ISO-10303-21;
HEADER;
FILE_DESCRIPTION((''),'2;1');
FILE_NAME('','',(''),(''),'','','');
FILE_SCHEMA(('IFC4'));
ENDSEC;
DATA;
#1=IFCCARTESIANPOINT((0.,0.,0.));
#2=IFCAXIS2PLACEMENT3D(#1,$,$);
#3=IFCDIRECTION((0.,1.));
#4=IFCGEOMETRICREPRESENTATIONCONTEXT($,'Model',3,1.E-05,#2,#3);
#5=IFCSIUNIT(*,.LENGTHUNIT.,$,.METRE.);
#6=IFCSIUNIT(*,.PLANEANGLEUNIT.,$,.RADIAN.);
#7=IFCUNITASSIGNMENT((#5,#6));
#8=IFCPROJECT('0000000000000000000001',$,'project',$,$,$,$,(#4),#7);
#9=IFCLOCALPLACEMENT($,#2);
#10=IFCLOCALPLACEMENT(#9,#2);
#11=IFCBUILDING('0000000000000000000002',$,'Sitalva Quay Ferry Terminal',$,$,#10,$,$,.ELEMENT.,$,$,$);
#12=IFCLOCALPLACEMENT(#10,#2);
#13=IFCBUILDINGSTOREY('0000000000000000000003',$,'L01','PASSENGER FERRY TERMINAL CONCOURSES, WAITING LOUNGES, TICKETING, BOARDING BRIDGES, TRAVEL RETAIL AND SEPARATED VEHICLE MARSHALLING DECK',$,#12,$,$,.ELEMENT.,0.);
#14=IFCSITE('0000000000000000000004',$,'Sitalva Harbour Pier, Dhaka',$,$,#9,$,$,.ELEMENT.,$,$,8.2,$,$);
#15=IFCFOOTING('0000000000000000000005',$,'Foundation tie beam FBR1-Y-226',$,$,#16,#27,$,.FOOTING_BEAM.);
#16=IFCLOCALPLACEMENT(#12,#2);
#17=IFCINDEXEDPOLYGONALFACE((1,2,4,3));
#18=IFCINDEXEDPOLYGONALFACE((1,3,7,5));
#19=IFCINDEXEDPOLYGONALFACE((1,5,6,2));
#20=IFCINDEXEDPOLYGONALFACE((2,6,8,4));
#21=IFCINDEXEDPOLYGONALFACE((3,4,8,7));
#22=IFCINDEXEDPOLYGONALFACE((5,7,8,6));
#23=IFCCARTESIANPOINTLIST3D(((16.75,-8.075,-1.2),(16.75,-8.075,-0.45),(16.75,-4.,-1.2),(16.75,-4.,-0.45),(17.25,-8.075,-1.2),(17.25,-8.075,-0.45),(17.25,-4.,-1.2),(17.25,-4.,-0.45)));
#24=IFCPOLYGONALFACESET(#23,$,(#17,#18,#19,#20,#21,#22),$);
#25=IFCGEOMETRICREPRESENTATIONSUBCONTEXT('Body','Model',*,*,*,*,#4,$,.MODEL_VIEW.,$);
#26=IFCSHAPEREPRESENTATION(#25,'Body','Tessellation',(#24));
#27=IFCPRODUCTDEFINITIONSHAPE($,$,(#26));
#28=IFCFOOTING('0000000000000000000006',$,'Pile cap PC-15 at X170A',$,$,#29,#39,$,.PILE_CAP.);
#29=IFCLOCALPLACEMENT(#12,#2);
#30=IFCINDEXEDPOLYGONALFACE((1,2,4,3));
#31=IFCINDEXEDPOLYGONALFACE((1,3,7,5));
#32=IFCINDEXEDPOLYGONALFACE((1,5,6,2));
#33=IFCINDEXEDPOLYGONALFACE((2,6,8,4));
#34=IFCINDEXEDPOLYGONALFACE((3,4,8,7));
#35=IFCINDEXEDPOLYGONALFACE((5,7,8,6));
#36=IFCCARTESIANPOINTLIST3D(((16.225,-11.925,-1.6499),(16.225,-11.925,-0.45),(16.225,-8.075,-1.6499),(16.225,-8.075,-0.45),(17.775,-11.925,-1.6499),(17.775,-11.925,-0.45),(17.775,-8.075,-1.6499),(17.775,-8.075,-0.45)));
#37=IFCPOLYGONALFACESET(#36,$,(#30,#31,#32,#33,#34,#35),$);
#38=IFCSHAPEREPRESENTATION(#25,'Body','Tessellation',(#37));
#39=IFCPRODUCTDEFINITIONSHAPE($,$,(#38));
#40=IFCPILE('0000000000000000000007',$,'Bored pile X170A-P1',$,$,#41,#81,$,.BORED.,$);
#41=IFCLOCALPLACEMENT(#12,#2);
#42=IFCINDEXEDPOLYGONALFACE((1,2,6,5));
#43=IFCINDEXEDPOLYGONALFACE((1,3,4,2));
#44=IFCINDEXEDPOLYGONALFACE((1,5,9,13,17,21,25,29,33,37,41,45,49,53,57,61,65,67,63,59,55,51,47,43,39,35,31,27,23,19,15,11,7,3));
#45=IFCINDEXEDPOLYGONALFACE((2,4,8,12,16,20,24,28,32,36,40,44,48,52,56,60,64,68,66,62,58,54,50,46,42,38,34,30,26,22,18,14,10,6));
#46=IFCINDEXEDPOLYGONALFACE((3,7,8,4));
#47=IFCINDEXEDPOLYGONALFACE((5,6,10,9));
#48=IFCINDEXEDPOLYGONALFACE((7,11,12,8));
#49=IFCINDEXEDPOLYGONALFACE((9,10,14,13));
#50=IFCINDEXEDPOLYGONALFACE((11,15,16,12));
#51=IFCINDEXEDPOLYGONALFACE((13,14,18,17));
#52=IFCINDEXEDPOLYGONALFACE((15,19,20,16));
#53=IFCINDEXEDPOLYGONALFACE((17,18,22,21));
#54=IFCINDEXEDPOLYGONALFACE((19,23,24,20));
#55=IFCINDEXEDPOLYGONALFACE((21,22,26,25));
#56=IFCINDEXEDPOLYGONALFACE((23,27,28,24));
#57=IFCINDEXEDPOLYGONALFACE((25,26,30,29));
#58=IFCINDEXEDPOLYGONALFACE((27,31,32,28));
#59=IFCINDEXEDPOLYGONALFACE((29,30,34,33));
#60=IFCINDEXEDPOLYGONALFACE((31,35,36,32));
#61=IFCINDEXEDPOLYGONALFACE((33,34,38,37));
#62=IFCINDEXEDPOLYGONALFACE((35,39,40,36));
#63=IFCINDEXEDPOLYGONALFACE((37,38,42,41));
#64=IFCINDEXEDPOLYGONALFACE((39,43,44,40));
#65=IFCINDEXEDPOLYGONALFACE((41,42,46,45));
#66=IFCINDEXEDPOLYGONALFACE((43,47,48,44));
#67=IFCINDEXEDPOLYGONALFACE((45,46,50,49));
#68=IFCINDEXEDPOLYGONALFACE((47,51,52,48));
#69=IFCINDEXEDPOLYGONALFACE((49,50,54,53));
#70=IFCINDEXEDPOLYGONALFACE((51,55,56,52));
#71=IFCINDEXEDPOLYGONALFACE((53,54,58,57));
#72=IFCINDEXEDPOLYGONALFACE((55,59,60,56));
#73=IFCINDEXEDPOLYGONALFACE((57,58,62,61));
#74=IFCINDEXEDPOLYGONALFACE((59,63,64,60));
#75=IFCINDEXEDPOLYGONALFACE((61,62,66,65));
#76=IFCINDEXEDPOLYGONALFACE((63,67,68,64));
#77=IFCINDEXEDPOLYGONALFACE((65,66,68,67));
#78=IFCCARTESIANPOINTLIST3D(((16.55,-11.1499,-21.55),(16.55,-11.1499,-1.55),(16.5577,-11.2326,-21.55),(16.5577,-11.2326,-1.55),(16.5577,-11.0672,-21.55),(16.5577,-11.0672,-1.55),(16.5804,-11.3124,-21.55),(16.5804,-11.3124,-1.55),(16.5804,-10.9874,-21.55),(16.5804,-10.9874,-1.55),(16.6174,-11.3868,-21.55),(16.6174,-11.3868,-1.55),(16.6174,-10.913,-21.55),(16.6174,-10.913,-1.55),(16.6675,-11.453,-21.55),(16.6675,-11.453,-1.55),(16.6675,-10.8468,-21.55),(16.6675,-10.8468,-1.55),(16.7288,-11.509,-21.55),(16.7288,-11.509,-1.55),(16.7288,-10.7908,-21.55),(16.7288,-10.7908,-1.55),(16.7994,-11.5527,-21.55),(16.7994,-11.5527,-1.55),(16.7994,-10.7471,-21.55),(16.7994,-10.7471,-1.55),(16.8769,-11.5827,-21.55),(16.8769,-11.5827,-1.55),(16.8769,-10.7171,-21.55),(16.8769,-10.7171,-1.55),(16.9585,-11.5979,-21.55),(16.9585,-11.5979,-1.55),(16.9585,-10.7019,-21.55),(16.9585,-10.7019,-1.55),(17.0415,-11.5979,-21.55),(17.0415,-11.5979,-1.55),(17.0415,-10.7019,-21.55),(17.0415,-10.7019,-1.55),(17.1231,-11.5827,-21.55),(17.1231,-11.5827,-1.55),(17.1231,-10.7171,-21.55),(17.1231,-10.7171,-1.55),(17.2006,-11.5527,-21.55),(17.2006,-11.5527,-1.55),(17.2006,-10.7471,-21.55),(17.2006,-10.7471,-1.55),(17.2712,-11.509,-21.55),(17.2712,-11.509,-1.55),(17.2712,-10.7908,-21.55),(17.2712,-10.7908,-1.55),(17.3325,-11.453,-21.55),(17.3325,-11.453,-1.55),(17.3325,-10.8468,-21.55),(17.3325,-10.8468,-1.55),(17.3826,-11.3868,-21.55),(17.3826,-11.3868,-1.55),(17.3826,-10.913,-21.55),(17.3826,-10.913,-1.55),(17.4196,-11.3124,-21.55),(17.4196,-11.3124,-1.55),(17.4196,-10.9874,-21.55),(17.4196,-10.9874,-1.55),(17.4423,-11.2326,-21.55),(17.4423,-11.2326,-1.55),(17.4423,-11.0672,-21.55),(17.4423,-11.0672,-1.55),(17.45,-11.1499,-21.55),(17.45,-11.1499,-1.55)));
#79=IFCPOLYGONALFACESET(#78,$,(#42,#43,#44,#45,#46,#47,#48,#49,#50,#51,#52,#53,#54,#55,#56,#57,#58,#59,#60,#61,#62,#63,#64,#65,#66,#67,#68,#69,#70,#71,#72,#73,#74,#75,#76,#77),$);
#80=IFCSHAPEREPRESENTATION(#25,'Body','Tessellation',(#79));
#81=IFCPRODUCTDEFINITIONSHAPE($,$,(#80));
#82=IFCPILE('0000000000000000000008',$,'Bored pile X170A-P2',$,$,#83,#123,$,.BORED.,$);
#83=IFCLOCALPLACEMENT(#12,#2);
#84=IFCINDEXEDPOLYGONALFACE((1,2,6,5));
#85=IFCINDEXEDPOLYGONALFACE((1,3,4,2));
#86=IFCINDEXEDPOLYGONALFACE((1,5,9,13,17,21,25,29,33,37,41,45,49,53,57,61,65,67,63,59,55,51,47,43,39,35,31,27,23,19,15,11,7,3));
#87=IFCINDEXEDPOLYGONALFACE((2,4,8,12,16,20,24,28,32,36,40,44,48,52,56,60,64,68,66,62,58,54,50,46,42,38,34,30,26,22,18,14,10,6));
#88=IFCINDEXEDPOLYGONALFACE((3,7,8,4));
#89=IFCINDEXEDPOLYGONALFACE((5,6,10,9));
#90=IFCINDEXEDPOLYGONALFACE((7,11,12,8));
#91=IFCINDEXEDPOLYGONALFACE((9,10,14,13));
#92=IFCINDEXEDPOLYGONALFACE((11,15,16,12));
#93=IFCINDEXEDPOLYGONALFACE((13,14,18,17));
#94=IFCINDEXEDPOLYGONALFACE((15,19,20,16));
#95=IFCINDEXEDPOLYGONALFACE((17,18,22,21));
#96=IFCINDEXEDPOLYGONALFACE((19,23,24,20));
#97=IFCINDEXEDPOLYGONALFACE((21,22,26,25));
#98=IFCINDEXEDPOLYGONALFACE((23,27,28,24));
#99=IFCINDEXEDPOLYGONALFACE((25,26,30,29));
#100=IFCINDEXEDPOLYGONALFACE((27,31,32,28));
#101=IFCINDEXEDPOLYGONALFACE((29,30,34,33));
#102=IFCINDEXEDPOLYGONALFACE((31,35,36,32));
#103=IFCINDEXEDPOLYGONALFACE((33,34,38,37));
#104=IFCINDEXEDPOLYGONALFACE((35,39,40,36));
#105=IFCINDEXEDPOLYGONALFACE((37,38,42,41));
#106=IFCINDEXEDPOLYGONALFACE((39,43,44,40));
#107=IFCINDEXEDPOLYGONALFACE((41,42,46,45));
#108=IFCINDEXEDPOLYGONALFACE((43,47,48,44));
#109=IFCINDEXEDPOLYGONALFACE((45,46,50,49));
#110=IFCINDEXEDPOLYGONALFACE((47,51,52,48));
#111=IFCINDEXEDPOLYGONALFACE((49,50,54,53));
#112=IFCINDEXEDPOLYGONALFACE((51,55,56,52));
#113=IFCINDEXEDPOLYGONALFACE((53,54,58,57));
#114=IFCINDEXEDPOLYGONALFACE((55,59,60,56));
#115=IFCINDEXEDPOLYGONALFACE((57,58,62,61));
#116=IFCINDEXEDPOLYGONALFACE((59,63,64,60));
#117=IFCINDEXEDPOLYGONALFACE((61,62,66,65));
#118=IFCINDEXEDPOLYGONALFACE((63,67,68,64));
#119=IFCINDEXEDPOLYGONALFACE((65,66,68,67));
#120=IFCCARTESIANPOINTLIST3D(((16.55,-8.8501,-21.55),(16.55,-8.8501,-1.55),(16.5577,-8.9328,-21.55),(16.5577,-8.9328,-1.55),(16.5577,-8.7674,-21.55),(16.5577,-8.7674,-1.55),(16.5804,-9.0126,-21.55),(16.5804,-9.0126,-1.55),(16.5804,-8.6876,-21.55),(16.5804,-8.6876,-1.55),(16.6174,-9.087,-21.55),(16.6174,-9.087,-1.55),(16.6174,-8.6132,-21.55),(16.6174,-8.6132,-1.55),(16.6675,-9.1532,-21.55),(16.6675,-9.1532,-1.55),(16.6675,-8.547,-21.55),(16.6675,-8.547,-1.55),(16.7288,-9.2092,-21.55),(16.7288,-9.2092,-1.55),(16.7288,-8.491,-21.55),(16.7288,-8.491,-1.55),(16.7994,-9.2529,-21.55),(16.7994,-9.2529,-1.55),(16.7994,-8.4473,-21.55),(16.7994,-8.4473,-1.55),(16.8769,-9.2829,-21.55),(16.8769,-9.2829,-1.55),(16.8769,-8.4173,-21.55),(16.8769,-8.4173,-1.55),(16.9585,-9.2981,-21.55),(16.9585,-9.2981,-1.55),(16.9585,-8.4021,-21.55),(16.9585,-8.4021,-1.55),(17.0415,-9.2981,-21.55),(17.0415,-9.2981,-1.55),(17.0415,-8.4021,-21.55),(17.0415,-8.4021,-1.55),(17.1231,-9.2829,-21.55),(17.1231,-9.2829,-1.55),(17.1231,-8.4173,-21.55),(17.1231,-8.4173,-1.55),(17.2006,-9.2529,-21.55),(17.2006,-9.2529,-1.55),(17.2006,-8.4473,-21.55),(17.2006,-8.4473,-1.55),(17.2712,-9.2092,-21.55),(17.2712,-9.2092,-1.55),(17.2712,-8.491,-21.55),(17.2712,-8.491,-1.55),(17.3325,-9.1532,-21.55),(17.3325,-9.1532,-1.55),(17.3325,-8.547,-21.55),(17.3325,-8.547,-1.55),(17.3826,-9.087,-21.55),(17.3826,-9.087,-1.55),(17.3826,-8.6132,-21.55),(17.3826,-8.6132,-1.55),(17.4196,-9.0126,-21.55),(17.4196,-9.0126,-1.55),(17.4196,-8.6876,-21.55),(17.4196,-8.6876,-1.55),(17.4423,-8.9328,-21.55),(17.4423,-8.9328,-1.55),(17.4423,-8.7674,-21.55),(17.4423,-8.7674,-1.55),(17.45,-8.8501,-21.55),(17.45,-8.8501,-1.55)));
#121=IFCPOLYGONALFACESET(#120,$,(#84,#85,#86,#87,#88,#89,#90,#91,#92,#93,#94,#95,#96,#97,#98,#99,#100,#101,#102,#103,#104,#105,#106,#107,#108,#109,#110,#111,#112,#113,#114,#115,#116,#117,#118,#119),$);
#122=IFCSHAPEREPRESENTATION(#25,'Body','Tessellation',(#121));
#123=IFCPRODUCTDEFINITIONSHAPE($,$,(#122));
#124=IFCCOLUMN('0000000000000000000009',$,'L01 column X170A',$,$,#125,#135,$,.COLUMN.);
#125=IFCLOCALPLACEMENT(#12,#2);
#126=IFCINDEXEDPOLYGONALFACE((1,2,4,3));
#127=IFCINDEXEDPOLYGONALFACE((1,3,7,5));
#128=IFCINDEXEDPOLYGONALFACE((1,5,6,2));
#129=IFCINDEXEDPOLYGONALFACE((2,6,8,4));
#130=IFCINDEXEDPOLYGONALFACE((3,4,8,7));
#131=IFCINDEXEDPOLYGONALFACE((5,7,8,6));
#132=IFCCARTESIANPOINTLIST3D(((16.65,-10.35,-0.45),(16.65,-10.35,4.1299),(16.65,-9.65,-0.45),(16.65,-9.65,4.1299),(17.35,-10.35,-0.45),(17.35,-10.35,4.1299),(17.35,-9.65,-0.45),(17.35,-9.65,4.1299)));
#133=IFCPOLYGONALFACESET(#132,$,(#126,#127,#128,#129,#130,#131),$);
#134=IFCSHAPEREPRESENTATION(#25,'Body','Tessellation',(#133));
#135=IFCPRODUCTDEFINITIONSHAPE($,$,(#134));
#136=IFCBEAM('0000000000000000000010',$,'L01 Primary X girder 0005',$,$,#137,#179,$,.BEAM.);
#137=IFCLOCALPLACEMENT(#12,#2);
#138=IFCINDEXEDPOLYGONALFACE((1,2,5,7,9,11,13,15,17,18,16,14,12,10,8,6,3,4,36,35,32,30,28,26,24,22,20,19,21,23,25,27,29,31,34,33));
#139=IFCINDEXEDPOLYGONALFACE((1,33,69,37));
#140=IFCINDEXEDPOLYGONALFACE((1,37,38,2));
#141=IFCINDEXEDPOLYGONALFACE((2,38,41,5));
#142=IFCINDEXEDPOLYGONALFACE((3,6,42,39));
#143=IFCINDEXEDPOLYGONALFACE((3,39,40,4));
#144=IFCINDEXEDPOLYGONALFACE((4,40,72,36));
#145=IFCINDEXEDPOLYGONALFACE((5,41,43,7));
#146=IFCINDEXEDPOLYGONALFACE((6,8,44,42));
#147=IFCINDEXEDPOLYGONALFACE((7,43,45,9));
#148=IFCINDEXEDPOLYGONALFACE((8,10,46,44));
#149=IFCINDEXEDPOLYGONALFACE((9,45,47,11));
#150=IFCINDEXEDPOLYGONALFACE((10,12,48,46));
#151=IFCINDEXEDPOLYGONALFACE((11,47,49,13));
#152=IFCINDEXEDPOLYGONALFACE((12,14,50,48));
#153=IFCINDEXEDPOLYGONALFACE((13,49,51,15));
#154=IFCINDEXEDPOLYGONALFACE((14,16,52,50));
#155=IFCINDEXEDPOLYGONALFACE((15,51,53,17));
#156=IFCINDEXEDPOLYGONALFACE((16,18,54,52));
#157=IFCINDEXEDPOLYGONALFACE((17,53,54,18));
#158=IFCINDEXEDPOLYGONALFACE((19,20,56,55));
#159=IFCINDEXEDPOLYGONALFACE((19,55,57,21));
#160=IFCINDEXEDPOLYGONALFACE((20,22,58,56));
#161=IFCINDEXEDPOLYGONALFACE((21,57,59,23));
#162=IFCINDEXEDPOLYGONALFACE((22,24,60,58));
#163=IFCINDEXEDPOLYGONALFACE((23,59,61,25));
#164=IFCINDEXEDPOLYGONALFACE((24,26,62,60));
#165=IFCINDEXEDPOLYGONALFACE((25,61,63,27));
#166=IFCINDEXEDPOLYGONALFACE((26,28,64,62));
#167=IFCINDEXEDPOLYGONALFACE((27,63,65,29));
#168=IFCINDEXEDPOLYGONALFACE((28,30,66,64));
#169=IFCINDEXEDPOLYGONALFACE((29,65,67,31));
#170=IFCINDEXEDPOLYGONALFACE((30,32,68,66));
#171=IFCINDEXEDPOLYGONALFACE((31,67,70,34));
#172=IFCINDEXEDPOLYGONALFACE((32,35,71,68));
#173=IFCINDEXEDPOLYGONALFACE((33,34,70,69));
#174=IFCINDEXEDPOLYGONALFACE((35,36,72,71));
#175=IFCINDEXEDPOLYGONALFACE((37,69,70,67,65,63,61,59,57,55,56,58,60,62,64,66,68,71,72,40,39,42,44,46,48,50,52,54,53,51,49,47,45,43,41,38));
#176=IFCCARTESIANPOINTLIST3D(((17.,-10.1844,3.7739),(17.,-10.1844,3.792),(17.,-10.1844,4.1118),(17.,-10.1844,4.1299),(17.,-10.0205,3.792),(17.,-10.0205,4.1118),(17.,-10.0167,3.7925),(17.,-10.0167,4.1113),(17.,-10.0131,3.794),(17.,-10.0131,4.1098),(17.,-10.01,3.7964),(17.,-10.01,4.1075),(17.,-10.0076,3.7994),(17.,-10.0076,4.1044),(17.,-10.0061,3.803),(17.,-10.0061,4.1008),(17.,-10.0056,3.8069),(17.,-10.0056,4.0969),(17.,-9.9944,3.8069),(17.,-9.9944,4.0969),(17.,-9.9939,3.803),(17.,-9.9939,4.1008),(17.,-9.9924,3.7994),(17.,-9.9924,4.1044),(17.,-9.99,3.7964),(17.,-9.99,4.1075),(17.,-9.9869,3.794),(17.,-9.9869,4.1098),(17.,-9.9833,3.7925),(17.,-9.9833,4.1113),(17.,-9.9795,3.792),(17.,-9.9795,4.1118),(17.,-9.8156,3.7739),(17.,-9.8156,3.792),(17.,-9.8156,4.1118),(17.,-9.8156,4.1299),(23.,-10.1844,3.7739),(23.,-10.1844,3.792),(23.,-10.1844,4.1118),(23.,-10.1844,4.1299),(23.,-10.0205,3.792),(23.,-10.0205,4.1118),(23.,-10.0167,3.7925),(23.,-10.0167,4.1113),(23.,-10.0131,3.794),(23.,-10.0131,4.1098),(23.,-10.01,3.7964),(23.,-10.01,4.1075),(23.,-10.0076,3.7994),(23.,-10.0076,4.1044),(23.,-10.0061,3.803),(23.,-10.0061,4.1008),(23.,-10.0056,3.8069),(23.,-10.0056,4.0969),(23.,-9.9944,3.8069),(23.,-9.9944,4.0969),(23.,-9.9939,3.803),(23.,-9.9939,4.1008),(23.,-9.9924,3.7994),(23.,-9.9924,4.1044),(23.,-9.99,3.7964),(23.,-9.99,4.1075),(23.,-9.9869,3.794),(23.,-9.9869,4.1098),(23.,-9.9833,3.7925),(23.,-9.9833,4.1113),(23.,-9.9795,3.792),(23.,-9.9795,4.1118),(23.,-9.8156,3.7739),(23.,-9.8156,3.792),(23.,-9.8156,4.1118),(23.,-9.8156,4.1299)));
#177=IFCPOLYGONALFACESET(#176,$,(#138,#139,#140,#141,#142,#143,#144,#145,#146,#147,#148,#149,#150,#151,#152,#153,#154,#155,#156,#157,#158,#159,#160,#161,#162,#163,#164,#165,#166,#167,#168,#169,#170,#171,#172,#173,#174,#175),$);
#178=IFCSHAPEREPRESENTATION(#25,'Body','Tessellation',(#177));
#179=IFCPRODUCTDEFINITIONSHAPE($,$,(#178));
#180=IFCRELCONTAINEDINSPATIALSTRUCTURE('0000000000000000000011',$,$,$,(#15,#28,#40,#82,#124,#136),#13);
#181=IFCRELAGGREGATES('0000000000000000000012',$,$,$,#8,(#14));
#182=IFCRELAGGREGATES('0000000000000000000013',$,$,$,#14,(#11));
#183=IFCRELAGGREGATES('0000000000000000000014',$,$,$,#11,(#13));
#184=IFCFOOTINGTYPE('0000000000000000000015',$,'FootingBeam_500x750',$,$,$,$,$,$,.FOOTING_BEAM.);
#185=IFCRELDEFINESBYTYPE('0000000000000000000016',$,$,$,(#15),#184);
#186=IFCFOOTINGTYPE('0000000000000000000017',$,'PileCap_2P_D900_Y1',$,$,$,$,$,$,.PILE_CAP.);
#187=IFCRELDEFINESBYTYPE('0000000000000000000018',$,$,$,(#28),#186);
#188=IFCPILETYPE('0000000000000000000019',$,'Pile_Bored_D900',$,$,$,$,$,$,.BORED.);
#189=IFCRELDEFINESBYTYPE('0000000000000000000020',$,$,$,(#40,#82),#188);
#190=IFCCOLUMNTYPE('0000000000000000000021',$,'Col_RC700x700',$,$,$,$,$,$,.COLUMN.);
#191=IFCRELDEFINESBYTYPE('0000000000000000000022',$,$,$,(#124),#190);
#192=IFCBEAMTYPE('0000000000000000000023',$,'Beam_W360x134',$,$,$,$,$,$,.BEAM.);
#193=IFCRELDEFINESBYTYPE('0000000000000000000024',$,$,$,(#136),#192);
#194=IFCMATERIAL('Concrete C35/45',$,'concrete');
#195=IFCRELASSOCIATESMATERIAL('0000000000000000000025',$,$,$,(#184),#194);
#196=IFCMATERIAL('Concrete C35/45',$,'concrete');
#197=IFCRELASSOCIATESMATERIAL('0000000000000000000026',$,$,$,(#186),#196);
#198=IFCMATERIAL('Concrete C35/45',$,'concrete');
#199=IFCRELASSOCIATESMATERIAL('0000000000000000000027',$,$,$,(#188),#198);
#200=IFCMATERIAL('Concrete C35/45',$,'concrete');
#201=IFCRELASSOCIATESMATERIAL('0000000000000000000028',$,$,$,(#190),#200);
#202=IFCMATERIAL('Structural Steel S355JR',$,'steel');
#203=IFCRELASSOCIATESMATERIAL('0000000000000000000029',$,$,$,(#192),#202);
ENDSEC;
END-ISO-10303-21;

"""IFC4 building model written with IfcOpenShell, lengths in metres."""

from ifc_helpers import new_model, si_unit, direction, frame, origin, origin_2d, place, context, subcontext, project, spatial, rectangle, circle, i_section, extrude, material, material_profile, profile_set, type_object, element, save


model = new_model("IFC4")

# Units and contexts
model_context = context("Model", 3, precision=1e-05, world=origin(), true_north=direction((0.0, 1.0)))
body_context = subcontext(model_context, "Body", "Model", "MODEL_VIEW")
ifc_project = project(units=[si_unit("LENGTHUNIT", "METRE"), si_unit("PLANEANGLEUNIT", "RADIAN")], contexts=[model_context])

# Site, building, storey
site_placement = place(None, origin())
site = spatial("IfcSite", under=ifc_project, at=site_placement, Name="Sitalva Harbour Pier, Dhaka", CompositionType="ELEMENT", RefElevation=8.2)
building_placement = place(site_placement, origin())
building = spatial("IfcBuilding", under=site, at=building_placement, Name="Sitalva Quay Ferry Terminal", CompositionType="ELEMENT")
storey_placement = place(building_placement, origin())
storey = spatial("IfcBuildingStorey", under=building, at=storey_placement, Name="L01", Description="PASSENGER FERRY TERMINAL CONCOURSES, WAITING LOUNGES, TICKETING, BOARDING BRIDGES, TRAVEL RETAIL AND SEPARATED VEHICLE MARSHALLING DECK", CompositionType="ELEMENT", Elevation=0.0)

# Footings
ifc_material_1 = material(Name="Concrete C35/45", Category="concrete")
ifc_material_profile_1 = material_profile(ifc_material_1, rectangle(XDim=0.5, YDim=0.75, at=origin_2d()), Name="RC500x750")
ifc_profile_set_1 = profile_set([ifc_material_profile_1], Name="Concrete C35/45")
footing_type_1 = type_object("IfcFootingType", Name="FootingBeam_500x750", PredefinedType="FOOTING_BEAM", material=ifc_profile_set_1)
footing_1_placement = place(storey_placement, frame((17.0, -8.075, -0.825), z_axis=(0.0, 1.0, 0.0), x_axis=(-1.0, 0.0, 0.0)))
element("IfcFooting", 1, at=footing_1_placement, inside=storey, type_object=footing_type_1, Name="Foundation tie beam FBR1-Y-226", PredefinedType="FOOTING_BEAM", context=body_context, shape_type="SweptSolid", body=[
    extrude(rectangle(XDim=0.5, YDim=0.75, at=origin_2d()), origin(), (0.0, 0.0, 1.0), 4.075),
])
ifc_material_2 = material(Name="Concrete C35/45", Category="concrete")
footing_type_2 = type_object("IfcFootingType", Name="PileCap_2P_D900_Y1", PredefinedType="PILE_CAP", material=ifc_material_2)
footing_2_placement = place(storey_placement, frame((17.0, -10.0, -1.6499), z_axis=(0.0, 0.0, 1.0), x_axis=(1.0, 0.0, 0.0)))
element("IfcFooting", 2, at=footing_2_placement, inside=storey, type_object=footing_type_2, Name="Pile cap PC-15 at X170A", PredefinedType="PILE_CAP", context=body_context, shape_type="SweptSolid", body=[
    extrude(rectangle(XDim=1.55, YDim=3.8501, at=origin_2d()), origin(), (0.0, 0.0, 1.0), 1.2),
])

# Piles
ifc_material_3 = material(Name="Concrete C35/45", Category="concrete")
ifc_material_profile_2 = material_profile(ifc_material_3, circle(Radius=0.45, at=origin_2d()), Name="PILE-D900")
ifc_profile_set_2 = profile_set([ifc_material_profile_2], Name="Concrete C35/45")
pile_type = type_object("IfcPileType", Name="Pile_Bored_D900", PredefinedType="BORED", material=ifc_profile_set_2)
for number, where, z_axis, x_axis, name in (
    (3, (17.0, -11.1499, -1.55), (0.0, 0.0, -1.0), (1.0, 0.0, 0.0), "Bored pile X170A-P1"),
    (4, (17.0, -8.8501, -1.55), (0.0, 0.0, -1.0), (1.0, 0.0, 0.0), "Bored pile X170A-P2"),
):
    element("IfcPile", number, at=place(storey_placement, frame(where, z_axis=z_axis, x_axis=x_axis)), inside=storey, type_object=pile_type, Name=name, PredefinedType="BORED", context=body_context, shape_type="SweptSolid", body=[
        extrude(circle(Radius=0.45, at=origin_2d()), origin(), (0.0, 0.0, 1.0), 20.0),
    ])

# Column
ifc_material_4 = material(Name="Concrete C35/45", Category="concrete")
ifc_material_profile_3 = material_profile(ifc_material_4, rectangle(XDim=0.7, YDim=0.7, at=origin_2d()), Name="RC700x700")
ifc_profile_set_3 = profile_set([ifc_material_profile_3], Name="Concrete C35/45")
column_type = type_object("IfcColumnType", Name="Col_RC700x700", PredefinedType="COLUMN", material=ifc_profile_set_3)
column_placement = place(storey_placement, frame((17.0, -10.0, -0.45), z_axis=(0.0, 0.0, 1.0), x_axis=(1.0, 0.0, 0.0)))
element("IfcColumn", 5, at=column_placement, inside=storey, type_object=column_type, Name="L01 column X170A", PredefinedType="COLUMN", context=body_context, shape_type="SweptSolid", body=[
    extrude(rectangle(XDim=0.7, YDim=0.7, at=origin_2d()), origin(), (0.0, 0.0, 1.0), 4.5798),
])

# Beam
ifc_material_5 = material(Name="Structural Steel S355JR", Category="steel")
ifc_material_profile_4 = material_profile(ifc_material_5, i_section(OverallWidth=0.3689, OverallDepth=0.356, WebThickness=0.0112, FlangeThickness=0.0181, FilletRadius=0.0149, at=origin_2d()), Name="W360x134")
ifc_profile_set_4 = profile_set([ifc_material_profile_4], Name="Structural Steel S355JR")
beam_type = type_object("IfcBeamType", Name="Beam_W360x134", PredefinedType="BEAM", material=ifc_profile_set_4)
beam_1_placement = place(storey_placement, frame((17.0, -10.0, 3.9519), z_axis=(1.0, 0.0, 0.0), x_axis=(0.0, 1.0, 0.0)))
element("IfcBeam", 6, at=beam_1_placement, inside=storey, type_object=beam_type, Name="L01 Primary X girder 0005", PredefinedType="BEAM", context=body_context, shape_type="SweptSolid", body=[
    extrude(i_section(OverallWidth=0.3689, OverallDepth=0.356, WebThickness=0.0112, FlangeThickness=0.0181, FilletRadius=0.0149, at=origin_2d()), origin(), (0.0, 0.0, 1.0), 6.0),
])

save(model, "model.ifc")
